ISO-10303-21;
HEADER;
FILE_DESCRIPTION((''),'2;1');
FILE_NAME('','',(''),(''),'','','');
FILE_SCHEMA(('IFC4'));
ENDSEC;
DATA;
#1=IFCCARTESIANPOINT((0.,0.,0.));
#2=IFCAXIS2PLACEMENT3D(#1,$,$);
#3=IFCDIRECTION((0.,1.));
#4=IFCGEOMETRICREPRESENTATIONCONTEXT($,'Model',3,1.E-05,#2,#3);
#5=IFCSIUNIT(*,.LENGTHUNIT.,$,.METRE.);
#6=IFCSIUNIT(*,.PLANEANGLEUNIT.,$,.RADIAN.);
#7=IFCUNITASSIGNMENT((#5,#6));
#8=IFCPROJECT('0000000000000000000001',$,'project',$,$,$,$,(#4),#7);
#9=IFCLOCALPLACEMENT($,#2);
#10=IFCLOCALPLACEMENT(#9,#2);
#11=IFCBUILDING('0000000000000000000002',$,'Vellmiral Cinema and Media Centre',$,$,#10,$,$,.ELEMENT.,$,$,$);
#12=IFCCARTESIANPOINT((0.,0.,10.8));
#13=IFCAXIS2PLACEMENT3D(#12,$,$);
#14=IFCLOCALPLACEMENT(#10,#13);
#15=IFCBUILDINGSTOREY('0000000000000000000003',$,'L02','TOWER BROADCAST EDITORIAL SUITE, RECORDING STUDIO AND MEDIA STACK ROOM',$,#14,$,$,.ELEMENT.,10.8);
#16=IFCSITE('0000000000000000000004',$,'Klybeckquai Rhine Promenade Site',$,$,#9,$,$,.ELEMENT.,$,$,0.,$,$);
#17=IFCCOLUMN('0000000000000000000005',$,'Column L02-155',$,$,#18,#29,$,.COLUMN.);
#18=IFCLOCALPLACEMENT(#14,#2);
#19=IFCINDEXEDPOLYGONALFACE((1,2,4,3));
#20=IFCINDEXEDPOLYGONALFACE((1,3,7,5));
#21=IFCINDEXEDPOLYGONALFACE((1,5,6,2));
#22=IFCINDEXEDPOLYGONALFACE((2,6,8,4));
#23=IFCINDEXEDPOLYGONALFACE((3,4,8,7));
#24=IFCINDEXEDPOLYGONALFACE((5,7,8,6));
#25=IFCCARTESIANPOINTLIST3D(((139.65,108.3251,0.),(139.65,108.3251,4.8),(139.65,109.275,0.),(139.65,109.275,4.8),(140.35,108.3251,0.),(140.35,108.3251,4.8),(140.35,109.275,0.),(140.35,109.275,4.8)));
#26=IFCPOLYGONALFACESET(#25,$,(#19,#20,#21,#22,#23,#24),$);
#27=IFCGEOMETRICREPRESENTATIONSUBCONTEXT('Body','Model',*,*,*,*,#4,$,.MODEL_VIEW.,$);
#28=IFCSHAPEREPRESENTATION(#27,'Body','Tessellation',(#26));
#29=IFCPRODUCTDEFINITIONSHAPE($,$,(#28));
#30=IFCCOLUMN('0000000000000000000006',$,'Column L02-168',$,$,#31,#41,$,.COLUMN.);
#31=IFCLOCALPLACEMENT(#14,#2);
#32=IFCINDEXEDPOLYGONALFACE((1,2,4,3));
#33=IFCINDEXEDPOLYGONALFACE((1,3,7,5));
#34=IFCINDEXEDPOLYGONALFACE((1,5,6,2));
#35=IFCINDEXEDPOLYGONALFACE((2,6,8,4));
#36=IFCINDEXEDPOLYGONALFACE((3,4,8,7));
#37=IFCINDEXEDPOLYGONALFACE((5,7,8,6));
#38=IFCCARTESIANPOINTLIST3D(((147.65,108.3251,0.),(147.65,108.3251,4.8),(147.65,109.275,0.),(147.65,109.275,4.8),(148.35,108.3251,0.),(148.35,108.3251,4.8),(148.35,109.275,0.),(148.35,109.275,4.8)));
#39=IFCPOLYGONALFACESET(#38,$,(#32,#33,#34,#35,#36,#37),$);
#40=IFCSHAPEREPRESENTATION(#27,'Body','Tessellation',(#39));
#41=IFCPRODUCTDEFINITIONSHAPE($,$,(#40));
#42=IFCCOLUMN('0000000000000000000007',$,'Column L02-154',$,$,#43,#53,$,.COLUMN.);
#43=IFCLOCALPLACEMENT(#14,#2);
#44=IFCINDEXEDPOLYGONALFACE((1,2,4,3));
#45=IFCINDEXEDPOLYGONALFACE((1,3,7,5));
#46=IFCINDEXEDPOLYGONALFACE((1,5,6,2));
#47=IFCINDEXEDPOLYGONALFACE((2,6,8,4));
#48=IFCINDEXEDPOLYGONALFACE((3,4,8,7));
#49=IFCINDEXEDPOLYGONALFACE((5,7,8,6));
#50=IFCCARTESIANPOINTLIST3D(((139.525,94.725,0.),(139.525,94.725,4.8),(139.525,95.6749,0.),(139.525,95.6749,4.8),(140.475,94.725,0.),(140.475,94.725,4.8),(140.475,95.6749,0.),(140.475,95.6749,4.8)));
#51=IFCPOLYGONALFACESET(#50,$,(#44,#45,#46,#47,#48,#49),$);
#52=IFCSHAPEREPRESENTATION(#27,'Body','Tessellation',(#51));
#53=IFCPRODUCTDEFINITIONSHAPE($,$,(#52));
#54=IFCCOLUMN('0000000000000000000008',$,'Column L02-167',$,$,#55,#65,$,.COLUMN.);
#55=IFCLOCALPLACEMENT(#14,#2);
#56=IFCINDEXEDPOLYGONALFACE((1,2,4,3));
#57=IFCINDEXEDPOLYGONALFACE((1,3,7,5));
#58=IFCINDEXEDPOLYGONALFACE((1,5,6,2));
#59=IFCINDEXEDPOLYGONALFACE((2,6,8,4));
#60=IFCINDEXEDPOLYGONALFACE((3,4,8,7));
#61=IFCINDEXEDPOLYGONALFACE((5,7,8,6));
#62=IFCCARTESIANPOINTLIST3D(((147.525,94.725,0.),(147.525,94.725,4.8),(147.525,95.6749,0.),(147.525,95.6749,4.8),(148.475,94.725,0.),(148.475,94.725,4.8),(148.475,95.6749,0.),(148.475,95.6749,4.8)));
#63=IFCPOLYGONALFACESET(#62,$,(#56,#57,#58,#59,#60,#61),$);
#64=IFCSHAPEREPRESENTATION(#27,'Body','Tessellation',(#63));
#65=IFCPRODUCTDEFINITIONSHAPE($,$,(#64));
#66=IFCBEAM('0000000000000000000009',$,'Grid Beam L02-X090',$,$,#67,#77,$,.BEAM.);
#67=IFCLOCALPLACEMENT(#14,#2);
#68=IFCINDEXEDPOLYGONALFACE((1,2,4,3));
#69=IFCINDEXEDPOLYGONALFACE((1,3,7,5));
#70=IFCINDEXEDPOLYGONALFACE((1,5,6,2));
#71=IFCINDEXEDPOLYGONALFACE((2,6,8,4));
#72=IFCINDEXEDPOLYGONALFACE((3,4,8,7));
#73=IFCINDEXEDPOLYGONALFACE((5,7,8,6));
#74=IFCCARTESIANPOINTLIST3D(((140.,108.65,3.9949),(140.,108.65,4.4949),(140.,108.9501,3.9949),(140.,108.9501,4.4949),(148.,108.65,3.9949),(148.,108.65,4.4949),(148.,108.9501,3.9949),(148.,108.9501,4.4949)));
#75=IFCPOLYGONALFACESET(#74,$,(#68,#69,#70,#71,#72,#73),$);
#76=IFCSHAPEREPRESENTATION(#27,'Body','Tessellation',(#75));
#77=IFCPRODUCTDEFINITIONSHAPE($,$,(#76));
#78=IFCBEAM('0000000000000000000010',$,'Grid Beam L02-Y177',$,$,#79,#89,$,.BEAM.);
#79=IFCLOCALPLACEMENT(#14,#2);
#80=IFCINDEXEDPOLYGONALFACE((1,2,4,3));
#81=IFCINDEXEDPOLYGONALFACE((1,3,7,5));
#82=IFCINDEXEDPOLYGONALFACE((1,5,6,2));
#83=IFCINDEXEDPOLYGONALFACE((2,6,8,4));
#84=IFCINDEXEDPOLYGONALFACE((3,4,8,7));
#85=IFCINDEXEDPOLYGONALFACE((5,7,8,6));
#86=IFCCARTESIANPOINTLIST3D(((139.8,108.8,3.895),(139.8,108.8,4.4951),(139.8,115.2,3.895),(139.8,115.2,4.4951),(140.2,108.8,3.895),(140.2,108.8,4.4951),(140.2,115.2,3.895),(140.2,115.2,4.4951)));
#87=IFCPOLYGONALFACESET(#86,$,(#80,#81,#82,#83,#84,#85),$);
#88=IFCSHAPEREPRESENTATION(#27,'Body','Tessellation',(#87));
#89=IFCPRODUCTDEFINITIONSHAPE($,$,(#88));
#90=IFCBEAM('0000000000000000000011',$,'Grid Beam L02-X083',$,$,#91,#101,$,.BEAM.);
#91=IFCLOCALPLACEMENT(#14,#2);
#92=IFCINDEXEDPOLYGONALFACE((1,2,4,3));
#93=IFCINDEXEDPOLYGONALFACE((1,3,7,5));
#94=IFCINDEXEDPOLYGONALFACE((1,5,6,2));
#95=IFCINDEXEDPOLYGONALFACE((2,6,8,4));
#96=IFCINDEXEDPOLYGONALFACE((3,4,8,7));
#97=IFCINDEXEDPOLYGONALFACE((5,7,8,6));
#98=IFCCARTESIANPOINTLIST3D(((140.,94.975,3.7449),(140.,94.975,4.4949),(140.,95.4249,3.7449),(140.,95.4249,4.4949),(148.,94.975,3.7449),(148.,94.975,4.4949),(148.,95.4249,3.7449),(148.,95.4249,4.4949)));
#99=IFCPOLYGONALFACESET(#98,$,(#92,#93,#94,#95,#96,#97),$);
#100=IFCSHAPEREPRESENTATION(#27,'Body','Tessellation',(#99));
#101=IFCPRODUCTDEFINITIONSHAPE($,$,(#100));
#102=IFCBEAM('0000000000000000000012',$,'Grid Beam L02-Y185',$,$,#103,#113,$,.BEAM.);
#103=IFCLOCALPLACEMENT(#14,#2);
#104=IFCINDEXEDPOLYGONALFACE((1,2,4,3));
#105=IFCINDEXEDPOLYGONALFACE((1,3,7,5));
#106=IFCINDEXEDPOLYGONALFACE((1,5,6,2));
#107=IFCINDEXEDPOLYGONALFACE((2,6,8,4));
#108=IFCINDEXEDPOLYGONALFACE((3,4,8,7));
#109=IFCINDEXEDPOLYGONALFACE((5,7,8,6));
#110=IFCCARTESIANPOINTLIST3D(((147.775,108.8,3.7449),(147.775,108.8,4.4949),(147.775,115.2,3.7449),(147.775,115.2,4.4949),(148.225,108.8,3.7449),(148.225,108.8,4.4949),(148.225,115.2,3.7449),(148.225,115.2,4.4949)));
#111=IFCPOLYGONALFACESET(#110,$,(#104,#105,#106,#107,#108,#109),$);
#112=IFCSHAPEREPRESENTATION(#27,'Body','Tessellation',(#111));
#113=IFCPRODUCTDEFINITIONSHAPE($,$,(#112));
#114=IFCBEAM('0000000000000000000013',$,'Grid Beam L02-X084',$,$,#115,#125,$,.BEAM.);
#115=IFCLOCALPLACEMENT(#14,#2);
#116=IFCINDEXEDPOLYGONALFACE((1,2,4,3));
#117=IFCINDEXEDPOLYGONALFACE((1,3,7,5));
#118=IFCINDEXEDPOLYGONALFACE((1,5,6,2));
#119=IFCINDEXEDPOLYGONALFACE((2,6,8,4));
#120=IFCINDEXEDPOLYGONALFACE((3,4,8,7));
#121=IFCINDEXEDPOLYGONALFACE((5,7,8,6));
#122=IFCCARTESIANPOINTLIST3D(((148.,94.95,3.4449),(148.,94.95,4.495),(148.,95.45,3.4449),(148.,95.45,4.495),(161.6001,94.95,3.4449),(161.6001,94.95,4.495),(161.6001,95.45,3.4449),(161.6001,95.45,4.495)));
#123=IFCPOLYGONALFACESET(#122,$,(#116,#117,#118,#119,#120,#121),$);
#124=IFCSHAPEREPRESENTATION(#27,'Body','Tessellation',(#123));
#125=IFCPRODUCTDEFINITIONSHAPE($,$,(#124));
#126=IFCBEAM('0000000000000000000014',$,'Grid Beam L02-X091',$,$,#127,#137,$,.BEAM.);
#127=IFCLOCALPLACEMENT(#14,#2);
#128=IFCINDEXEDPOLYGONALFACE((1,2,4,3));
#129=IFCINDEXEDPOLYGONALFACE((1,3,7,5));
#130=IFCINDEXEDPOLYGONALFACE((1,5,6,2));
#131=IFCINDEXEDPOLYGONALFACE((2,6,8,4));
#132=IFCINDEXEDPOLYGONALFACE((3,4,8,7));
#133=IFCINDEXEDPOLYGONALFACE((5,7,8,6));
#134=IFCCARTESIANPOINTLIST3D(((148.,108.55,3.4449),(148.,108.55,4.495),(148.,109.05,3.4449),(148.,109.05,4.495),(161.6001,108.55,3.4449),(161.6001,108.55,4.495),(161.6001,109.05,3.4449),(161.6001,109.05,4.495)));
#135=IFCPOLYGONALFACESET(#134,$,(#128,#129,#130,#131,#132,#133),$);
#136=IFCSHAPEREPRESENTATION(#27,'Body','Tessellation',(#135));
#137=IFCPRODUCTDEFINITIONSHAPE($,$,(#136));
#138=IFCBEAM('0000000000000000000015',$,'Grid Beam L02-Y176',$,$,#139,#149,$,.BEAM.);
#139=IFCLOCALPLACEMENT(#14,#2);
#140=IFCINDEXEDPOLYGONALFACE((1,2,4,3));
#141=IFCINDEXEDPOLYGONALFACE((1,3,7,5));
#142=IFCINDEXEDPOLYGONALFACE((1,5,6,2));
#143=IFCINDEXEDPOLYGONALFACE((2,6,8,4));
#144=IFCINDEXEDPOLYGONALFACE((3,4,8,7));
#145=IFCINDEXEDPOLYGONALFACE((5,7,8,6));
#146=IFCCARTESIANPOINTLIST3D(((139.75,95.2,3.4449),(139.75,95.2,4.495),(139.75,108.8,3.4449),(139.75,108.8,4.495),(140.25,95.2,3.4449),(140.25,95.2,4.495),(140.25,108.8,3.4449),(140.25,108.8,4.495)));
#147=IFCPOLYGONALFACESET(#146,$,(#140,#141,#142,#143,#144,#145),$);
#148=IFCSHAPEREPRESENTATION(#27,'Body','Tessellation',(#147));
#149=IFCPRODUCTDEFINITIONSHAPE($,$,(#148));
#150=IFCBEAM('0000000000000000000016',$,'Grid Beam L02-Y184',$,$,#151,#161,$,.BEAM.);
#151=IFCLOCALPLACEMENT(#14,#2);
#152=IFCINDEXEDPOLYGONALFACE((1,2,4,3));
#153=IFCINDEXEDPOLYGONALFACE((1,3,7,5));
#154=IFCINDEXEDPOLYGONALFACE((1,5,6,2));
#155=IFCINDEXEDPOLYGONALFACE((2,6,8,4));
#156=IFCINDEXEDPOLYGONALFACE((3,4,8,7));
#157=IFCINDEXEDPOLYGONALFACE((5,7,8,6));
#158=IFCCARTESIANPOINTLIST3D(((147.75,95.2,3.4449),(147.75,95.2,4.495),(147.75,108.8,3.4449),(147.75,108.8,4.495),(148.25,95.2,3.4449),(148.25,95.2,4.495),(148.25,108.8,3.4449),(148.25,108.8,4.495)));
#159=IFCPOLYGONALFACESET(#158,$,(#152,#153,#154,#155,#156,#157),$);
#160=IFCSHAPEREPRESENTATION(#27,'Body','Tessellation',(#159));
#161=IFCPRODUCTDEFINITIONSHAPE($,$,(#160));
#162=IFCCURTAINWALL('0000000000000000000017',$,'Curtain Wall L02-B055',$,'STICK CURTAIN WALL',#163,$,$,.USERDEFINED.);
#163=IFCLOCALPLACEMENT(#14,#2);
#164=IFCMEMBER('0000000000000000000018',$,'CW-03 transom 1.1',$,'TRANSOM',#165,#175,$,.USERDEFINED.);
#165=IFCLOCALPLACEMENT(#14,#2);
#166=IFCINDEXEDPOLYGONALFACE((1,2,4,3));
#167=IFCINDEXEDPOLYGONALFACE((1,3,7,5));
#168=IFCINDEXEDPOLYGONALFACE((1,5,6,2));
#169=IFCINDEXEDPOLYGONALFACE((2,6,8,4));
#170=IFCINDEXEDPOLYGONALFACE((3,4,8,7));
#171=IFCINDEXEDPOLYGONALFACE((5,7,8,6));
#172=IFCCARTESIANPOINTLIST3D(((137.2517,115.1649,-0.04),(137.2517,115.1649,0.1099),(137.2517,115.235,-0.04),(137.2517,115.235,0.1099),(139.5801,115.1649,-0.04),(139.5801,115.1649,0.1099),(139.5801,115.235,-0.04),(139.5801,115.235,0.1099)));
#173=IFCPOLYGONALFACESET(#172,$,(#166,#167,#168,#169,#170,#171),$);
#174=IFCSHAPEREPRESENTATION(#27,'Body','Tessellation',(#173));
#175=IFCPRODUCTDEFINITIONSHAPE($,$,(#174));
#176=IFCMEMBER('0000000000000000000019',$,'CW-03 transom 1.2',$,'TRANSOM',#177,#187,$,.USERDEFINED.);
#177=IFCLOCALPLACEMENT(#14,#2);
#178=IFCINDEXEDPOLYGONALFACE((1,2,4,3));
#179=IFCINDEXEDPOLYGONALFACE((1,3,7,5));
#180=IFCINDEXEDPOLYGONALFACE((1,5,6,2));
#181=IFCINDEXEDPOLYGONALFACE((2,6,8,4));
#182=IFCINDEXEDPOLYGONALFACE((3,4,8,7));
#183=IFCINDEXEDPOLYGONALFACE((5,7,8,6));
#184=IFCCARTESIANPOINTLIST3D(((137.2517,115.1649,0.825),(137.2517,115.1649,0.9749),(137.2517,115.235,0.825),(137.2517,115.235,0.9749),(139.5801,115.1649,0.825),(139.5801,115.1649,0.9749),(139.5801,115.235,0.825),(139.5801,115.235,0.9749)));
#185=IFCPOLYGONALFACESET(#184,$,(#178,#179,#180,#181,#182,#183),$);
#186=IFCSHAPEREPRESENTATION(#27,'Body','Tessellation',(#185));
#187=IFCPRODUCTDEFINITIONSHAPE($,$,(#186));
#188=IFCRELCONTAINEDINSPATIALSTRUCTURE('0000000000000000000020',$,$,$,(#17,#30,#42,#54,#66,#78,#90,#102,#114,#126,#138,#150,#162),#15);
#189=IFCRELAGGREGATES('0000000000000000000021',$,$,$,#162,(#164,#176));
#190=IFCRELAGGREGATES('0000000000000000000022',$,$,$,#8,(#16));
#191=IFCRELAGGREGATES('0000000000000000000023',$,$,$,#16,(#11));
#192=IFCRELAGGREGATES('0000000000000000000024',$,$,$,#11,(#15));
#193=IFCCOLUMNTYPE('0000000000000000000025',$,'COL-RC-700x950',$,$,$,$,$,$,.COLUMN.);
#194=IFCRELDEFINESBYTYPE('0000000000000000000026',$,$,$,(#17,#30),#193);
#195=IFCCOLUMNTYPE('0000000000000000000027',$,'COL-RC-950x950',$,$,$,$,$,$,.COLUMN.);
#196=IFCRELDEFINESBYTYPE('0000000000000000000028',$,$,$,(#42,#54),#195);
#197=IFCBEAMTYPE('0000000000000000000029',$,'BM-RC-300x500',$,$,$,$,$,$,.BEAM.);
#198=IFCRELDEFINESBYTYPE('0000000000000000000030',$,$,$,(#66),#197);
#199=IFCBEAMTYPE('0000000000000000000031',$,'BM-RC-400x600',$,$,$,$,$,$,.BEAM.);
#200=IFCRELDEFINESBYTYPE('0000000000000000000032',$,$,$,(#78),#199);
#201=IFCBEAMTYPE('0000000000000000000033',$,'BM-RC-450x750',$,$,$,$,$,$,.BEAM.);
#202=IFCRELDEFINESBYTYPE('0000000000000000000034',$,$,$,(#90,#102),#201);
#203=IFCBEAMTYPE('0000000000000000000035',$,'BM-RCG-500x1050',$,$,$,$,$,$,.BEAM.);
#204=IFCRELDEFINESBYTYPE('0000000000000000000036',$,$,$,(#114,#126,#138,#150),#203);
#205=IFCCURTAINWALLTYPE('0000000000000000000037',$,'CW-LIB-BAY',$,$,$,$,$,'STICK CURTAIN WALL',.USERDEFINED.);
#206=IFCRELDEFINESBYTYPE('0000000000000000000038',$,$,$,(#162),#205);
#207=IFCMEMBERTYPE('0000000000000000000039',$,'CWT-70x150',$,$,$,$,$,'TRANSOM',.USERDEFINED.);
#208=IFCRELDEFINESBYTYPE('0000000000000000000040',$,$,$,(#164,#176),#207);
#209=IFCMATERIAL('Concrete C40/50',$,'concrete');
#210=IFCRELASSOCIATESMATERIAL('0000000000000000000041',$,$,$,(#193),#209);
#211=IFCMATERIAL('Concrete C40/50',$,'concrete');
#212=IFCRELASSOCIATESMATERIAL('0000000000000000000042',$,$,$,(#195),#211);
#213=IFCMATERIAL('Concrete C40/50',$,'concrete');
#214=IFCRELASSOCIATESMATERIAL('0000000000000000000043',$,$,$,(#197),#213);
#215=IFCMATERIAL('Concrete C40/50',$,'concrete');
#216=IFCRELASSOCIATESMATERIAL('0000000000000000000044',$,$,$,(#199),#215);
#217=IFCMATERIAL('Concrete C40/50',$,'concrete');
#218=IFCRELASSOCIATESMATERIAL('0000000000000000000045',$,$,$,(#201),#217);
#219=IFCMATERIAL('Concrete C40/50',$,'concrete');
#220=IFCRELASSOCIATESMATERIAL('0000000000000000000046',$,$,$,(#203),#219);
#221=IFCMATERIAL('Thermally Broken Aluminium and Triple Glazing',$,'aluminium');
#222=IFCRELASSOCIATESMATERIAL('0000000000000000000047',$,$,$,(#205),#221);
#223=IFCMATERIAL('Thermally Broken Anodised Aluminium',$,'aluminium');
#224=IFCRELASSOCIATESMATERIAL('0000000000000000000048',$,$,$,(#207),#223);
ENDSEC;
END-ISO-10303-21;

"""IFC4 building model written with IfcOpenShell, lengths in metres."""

from ifc_helpers import new_model, si_unit, direction, frame, origin, origin_2d, place, context, subcontext, project, spatial, rectangle, extrude, material, material_profile, profile_set, type_object, element, aggregate, save


model = new_model("IFC4")

# Units and contexts
model_context = context("Model", 3, precision=1e-05, world=origin(), true_north=direction((0.0, 1.0)))
body_context = subcontext(model_context, "Body", "Model", "MODEL_VIEW")
ifc_project = project(units=[si_unit("LENGTHUNIT", "METRE"), si_unit("PLANEANGLEUNIT", "RADIAN")], contexts=[model_context])

# Site, building, storey
site_placement = place(None, origin())
site = spatial("IfcSite", under=ifc_project, at=site_placement, Name="Klybeckquai Rhine Promenade Site", CompositionType="ELEMENT", RefElevation=0.0)
building_placement = place(site_placement, origin())
building = spatial("IfcBuilding", under=site, at=building_placement, Name="Vellmiral Cinema and Media Centre", CompositionType="ELEMENT")
storey_placement = place(building_placement, frame((0.0, 0.0, 10.8)))
storey = spatial("IfcBuildingStorey", under=building, at=storey_placement, Name="L02", Description="TOWER BROADCAST EDITORIAL SUITE, RECORDING STUDIO AND MEDIA STACK ROOM", CompositionType="ELEMENT", Elevation=10.8)

# Columns
ifc_material_1 = material(Name="Concrete C40/50", Category="concrete")
ifc_material_profile_1 = material_profile(ifc_material_1, rectangle(XDim=0.7, YDim=0.95, at=origin_2d()), Name="RC 700x950")
ifc_profile_set_1 = profile_set([ifc_material_profile_1], Name="Concrete C40/50")
column_type_1 = type_object("IfcColumnType", Name="COL-RC-700x950", PredefinedType="COLUMN", material=ifc_profile_set_1)
for number, where, z_axis, x_axis, name in (
    (1, (140.0, 108.8, 0.0), (0.0, 0.0, 1.0), (1.0, 0.0, 0.0), "Column L02-155"),
    (2, (148.0, 108.8, 0.0), (0.0, 0.0, 1.0), (1.0, 0.0, 0.0), "Column L02-168"),
):
    element("IfcColumn", number, at=place(storey_placement, frame(where, z_axis=z_axis, x_axis=x_axis)), inside=storey, type_object=column_type_1, Name=name, PredefinedType="COLUMN", context=body_context, shape_type="SweptSolid", body=[
        extrude(rectangle(XDim=0.7, YDim=0.95, at=origin_2d()), origin(), (0.0, 0.0, 1.0), 4.8),
    ])
ifc_material_2 = material(Name="Concrete C40/50", Category="concrete")
ifc_material_profile_2 = material_profile(ifc_material_2, rectangle(XDim=0.95, YDim=0.95, at=origin_2d()), Name="RC 950x950")
ifc_profile_set_2 = profile_set([ifc_material_profile_2], Name="Concrete C40/50")
column_type_2 = type_object("IfcColumnType", Name="COL-RC-950x950", PredefinedType="COLUMN", material=ifc_profile_set_2)
for number, where, z_axis, x_axis, name in (
    (3, (140.0, 95.2, 0.0), (0.0, 0.0, 1.0), (1.0, 0.0, 0.0), "Column L02-154"),
    (4, (148.0, 95.2, 0.0), (0.0, 0.0, 1.0), (1.0, 0.0, 0.0), "Column L02-167"),
):
    element("IfcColumn", number, at=place(storey_placement, frame(where, z_axis=z_axis, x_axis=x_axis)), inside=storey, type_object=column_type_2, Name=name, PredefinedType="COLUMN", context=body_context, shape_type="SweptSolid", body=[
        extrude(rectangle(XDim=0.95, YDim=0.95, at=origin_2d()), origin(), (0.0, 0.0, 1.0), 4.8),
    ])

# Beams
ifc_material_3 = material(Name="Concrete C40/50", Category="concrete")
ifc_material_profile_3 = material_profile(ifc_material_3, rectangle(XDim=0.3, YDim=0.5, at=origin_2d()), Name="RC 300x500")
ifc_profile_set_3 = profile_set([ifc_material_profile_3], Name="Concrete C40/50")
beam_type_1 = type_object("IfcBeamType", Name="BM-RC-300x500", PredefinedType="BEAM", material=ifc_profile_set_3)
beam_1_placement = place(storey_placement, frame((140.0, 108.8, 4.2449), z_axis=(1.0, 0.0, 0.0), x_axis=(0.0, 1.0, 0.0)))
element("IfcBeam", 5, at=beam_1_placement, inside=storey, type_object=beam_type_1, Name="Grid Beam L02-X090", PredefinedType="BEAM", context=body_context, shape_type="SweptSolid", body=[
    extrude(rectangle(XDim=0.3, YDim=0.5, at=origin_2d()), origin(), (0.0, 0.0, 1.0), 8.0),
])
ifc_material_4 = material(Name="Concrete C40/50", Category="concrete")
ifc_material_profile_4 = material_profile(ifc_material_4, rectangle(XDim=0.3999, YDim=0.6001, at=origin_2d()), Name="RC 400x600")
ifc_profile_set_4 = profile_set([ifc_material_profile_4], Name="Concrete C40/50")
beam_type_2 = type_object("IfcBeamType", Name="BM-RC-400x600", PredefinedType="BEAM", material=ifc_profile_set_4)
beam_2_placement = place(storey_placement, frame((140.0, 108.8, 4.1951), z_axis=(0.0, 1.0, 0.0), x_axis=(-1.0, 0.0, 0.0)))
element("IfcBeam", 6, at=beam_2_placement, inside=storey, type_object=beam_type_2, Name="Grid Beam L02-Y177", PredefinedType="BEAM", context=body_context, shape_type="SweptSolid", body=[
    extrude(rectangle(XDim=0.3999, YDim=0.6001, at=origin_2d()), origin(), (0.0, 0.0, 1.0), 6.3999),
])
ifc_material_5 = material(Name="Concrete C40/50", Category="concrete")
ifc_material_profile_5 = material_profile(ifc_material_5, rectangle(XDim=0.45, YDim=0.75, at=origin_2d()), Name="RC 450x750")
ifc_profile_set_5 = profile_set([ifc_material_profile_5], Name="Concrete C40/50")
beam_type_3 = type_object("IfcBeamType", Name="BM-RC-450x750", PredefinedType="BEAM", material=ifc_profile_set_5)
beam_3_placement = place(storey_placement, frame((140.0, 95.2, 4.1199), z_axis=(1.0, 0.0, 0.0), x_axis=(0.0, 1.0, 0.0)))
element("IfcBeam", 7, at=beam_3_placement, inside=storey, type_object=beam_type_3, Name="Grid Beam L02-X083", PredefinedType="BEAM", context=body_context, shape_type="SweptSolid", body=[
    extrude(rectangle(XDim=0.45, YDim=0.75, at=origin_2d()), origin(), (0.0, 0.0, 1.0), 8.0),
])
beam_4_placement = place(storey_placement, frame((148.0, 108.8, 4.1199), z_axis=(0.0, 1.0, 0.0), x_axis=(-1.0, 0.0, 0.0)))
element("IfcBeam", 8, at=beam_4_placement, inside=storey, type_object=beam_type_3, Name="Grid Beam L02-Y185", PredefinedType="BEAM", context=body_context, shape_type="SweptSolid", body=[
    extrude(rectangle(XDim=0.45, YDim=0.75, at=origin_2d()), origin(), (0.0, 0.0, 1.0), 6.3999),
])
ifc_material_6 = material(Name="Concrete C40/50", Category="concrete")
ifc_material_profile_6 = material_profile(ifc_material_6, rectangle(XDim=0.5, YDim=1.05, at=origin_2d()), Name="RC 500x1050")
ifc_profile_set_6 = profile_set([ifc_material_profile_6], Name="Concrete C40/50")
beam_type_4 = type_object("IfcBeamType", Name="BM-RCG-500x1050", PredefinedType="BEAM", material=ifc_profile_set_6)
for number, where, z_axis, x_axis, name in (
    (9, (148.0, 95.2, 3.97), (1.0, 0.0, 0.0), (0.0, 1.0, 0.0), "Grid Beam L02-X084"),
    (10, (148.0, 108.8, 3.97), (1.0, 0.0, 0.0), (0.0, 1.0, 0.0), "Grid Beam L02-X091"),
    (11, (140.0, 95.2, 3.97), (0.0, 1.0, 0.0), (-1.0, 0.0, 0.0), "Grid Beam L02-Y176"),
    (12, (148.0, 95.2, 3.97), (0.0, 1.0, 0.0), (-1.0, 0.0, 0.0), "Grid Beam L02-Y184"),
):
    element("IfcBeam", number, at=place(storey_placement, frame(where, z_axis=z_axis, x_axis=x_axis)), inside=storey, type_object=beam_type_4, Name=name, PredefinedType="BEAM", context=body_context, shape_type="SweptSolid", body=[
        extrude(rectangle(XDim=0.5, YDim=1.05, at=origin_2d()), origin(), (0.0, 0.0, 1.0), 13.6001),
    ])

# Curtain wall, members
ifc_material_7 = material(Name="Thermally Broken Aluminium and Triple Glazing", Category="aluminium")
curtain_wall_type = type_object("IfcCurtainWallType", Name="CW-LIB-BAY", ElementType="STICK CURTAIN WALL", PredefinedType="USERDEFINED", material=ifc_material_7)
curtain_wall_placement = place(storey_placement, origin())
curtain_wall = element("IfcCurtainWall", 13, at=curtain_wall_placement, inside=storey, type_object=curtain_wall_type, Name="Curtain Wall L02-B055", ObjectType="STICK CURTAIN WALL", PredefinedType="USERDEFINED")
ifc_material_8 = material(Name="Thermally Broken Anodised Aluminium", Category="aluminium")
ifc_material_profile_7 = material_profile(ifc_material_8, rectangle(XDim=0.0701, YDim=0.1499, at=origin_2d()), Name="MULL 70x150")
ifc_profile_set_7 = profile_set([ifc_material_profile_7], Name="Thermally Broken Anodised Aluminium")
member_type = type_object("IfcMemberType", Name="CWT-70x150", ElementType="TRANSOM", PredefinedType="USERDEFINED", material=ifc_profile_set_7)
member_1_placement = place(storey_placement, frame((139.5801, 115.2, 0.0349), z_axis=(-1.0, 0.0, 0.0), x_axis=(0.0, -1.0, 0.0)))
member_1 = element("IfcMember", 14, at=member_1_placement, type_object=member_type, Name="CW-03 transom 1.1", ObjectType="TRANSOM", PredefinedType="USERDEFINED", context=body_context, shape_type="SweptSolid", body=[
    extrude(rectangle(XDim=0.0701, YDim=0.1499, at=origin_2d()), origin(), (0.0, 0.0, 1.0), 2.3284),
])
member_2_placement = place(storey_placement, frame((139.5801, 115.2, 0.8999), z_axis=(-1.0, 0.0, 0.0), x_axis=(0.0, -1.0, 0.0)))
member_2 = element("IfcMember", 15, at=member_2_placement, type_object=member_type, Name="CW-03 transom 1.2", ObjectType="TRANSOM", PredefinedType="USERDEFINED", context=body_context, shape_type="SweptSolid", body=[
    extrude(rectangle(XDim=0.0701, YDim=0.1499, at=origin_2d()), origin(), (0.0, 0.0, 1.0), 2.3284),
])

aggregate(curtain_wall, [member_1, member_2])

save(model, "model.ifc")
